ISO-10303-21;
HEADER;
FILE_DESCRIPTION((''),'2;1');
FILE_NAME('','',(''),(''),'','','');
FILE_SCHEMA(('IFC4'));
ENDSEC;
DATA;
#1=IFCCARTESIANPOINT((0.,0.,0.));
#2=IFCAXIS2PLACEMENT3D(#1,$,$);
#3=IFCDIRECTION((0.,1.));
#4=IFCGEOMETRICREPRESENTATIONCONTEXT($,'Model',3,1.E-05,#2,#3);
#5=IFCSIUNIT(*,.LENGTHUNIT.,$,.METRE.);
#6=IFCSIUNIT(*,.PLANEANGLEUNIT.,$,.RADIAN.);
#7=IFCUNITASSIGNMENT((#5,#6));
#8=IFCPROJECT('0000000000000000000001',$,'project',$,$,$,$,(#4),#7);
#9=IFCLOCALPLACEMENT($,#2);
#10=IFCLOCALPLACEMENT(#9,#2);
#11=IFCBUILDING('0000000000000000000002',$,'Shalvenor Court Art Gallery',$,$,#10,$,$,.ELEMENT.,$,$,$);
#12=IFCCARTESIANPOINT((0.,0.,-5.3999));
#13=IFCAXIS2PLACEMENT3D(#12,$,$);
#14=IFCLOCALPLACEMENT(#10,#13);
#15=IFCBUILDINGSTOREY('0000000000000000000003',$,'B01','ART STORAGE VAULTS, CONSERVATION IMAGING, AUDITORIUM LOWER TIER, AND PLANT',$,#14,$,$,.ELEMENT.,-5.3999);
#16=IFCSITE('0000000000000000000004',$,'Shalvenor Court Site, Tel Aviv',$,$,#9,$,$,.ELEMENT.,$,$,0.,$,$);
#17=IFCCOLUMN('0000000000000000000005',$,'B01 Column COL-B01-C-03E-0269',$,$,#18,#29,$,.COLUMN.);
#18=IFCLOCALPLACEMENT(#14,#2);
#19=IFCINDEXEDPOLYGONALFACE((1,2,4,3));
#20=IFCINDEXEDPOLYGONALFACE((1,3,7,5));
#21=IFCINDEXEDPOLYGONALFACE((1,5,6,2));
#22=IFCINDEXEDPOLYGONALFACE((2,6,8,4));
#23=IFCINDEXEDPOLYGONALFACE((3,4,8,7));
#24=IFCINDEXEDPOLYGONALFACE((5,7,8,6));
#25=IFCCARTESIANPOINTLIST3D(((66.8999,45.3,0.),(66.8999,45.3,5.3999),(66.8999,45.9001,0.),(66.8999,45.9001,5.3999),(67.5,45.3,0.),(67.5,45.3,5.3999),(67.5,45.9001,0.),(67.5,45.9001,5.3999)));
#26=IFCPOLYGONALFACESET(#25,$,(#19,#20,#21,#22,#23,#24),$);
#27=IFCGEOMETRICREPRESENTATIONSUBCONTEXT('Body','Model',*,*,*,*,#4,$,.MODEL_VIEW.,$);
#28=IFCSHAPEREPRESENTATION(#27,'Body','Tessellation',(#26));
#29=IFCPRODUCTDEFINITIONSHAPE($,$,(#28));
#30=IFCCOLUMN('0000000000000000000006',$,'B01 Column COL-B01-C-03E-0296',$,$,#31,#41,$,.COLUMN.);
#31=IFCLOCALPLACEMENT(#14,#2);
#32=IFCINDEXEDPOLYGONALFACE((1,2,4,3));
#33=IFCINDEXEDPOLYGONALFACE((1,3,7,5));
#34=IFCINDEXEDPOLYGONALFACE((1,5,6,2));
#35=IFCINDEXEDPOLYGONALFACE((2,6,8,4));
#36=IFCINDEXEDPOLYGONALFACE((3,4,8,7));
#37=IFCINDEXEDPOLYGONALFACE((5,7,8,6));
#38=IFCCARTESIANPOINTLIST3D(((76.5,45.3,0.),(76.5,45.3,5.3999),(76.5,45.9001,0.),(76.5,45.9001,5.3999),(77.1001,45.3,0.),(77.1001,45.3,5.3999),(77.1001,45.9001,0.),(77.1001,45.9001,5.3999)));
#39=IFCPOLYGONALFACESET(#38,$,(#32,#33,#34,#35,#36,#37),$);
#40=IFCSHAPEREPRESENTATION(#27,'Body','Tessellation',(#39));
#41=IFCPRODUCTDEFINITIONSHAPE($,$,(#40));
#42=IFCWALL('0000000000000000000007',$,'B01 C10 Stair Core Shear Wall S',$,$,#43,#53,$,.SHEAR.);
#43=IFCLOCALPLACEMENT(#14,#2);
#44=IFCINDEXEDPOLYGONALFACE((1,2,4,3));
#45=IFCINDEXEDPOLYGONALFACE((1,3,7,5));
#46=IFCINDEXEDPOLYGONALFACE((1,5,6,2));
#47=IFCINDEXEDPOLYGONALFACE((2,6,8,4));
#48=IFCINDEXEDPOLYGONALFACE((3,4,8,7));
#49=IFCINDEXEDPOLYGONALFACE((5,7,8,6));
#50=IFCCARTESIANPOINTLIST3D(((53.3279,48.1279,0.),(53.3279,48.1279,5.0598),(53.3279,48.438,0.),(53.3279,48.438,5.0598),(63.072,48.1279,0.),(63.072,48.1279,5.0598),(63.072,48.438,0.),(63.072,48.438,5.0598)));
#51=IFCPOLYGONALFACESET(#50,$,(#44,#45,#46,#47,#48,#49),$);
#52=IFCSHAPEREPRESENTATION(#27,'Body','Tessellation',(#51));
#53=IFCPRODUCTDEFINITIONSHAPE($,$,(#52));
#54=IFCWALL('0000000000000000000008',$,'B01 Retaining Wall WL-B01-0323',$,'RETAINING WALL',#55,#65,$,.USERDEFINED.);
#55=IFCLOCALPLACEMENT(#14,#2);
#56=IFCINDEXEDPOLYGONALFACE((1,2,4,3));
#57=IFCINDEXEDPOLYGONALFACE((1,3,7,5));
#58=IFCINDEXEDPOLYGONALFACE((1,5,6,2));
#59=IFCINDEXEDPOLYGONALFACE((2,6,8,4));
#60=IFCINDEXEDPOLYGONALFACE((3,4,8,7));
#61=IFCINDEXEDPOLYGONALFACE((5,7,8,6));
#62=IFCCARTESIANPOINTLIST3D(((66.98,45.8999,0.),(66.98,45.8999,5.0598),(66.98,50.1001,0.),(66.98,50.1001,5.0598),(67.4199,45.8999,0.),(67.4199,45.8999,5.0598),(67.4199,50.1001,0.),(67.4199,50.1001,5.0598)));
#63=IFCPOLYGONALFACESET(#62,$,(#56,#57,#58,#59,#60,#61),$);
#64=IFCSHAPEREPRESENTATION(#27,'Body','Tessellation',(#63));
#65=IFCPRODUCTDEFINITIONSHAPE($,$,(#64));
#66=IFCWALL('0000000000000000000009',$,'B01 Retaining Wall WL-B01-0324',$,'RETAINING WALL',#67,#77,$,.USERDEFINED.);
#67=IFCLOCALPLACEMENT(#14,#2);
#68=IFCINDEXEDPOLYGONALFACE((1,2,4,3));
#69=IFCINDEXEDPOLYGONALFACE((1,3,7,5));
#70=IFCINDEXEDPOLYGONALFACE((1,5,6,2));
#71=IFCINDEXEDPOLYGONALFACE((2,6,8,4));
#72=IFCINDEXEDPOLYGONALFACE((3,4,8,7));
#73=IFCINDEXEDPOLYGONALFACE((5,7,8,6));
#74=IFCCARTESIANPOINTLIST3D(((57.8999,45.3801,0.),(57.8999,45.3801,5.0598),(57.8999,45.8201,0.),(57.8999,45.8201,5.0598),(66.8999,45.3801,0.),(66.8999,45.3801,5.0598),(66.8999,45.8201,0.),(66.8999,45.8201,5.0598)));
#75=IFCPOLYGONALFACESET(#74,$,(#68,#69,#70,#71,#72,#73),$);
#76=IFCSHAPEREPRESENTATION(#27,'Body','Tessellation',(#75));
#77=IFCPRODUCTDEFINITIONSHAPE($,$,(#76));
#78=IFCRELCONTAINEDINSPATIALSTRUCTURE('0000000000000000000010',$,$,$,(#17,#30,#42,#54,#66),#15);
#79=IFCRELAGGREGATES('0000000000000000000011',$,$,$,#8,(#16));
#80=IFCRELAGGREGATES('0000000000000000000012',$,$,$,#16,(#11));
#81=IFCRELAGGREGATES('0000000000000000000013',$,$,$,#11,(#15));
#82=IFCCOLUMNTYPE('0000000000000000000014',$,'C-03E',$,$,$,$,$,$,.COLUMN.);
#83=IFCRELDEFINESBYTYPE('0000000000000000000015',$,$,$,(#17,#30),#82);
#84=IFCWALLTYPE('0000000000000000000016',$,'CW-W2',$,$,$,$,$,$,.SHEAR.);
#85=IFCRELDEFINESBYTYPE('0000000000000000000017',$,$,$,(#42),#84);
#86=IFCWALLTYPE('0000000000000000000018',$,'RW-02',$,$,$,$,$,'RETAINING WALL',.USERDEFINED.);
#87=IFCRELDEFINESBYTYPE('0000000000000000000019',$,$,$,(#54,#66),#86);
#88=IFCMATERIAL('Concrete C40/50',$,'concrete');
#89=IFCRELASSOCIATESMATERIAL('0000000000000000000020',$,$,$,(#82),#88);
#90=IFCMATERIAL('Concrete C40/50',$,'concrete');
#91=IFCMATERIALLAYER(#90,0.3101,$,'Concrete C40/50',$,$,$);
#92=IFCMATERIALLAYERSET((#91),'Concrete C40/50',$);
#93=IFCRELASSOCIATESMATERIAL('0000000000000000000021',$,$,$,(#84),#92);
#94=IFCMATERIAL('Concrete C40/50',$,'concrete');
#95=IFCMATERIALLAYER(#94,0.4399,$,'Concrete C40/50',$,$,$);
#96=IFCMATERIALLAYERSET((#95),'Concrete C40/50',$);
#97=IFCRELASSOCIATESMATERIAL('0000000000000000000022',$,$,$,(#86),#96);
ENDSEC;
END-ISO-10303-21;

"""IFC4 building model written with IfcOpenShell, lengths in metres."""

from ifc_helpers import new_model, si_unit, direction, frame, frame_2d, origin, origin_2d, place, context, subcontext, project, spatial, rectangle, extrude, material, layer, layer_set, material_profile, profile_set, type_object, element, save


model = new_model("IFC4")

# Units and contexts
model_context = context("Model", 3, precision=1e-05, world=origin(), true_north=direction((0.0, 1.0)))
body_context = subcontext(model_context, "Body", "Model", "MODEL_VIEW")
ifc_project = project(units=[si_unit("LENGTHUNIT", "METRE"), si_unit("PLANEANGLEUNIT", "RADIAN")], contexts=[model_context])

# Site, building, storey
site_placement = place(None, origin())
site = spatial("IfcSite", under=ifc_project, at=site_placement, Name="Shalvenor Court Site, Tel Aviv", CompositionType="ELEMENT", RefElevation=0.0)
building_placement = place(site_placement, origin())
building = spatial("IfcBuilding", under=site, at=building_placement, Name="Shalvenor Court Art Gallery", CompositionType="ELEMENT")
storey_placement = place(building_placement, frame((0.0, 0.0, -5.3999)))
storey = spatial("IfcBuildingStorey", under=building, at=storey_placement, Name="B01", Description="ART STORAGE VAULTS, CONSERVATION IMAGING, AUDITORIUM LOWER TIER, AND PLANT", CompositionType="ELEMENT", Elevation=-5.3999)

# Columns
ifc_material_1 = material(Name="Concrete C40/50", Category="concrete")
ifc_material_profile_1 = material_profile(ifc_material_1, rectangle(XDim=0.6001, YDim=0.6001, at=origin_2d()), Name="RC 600x600")
ifc_profile_set_1 = profile_set([ifc_material_profile_1], Name="Concrete C40/50")
column_type_1 = type_object("IfcColumnType", Name="C-03E", PredefinedType="COLUMN", material=ifc_profile_set_1)
for number, where, z_axis, x_axis, name in (
    (1, (67.2, 45.6001, 0.0), (0.0, 0.0, 1.0), (1.0, 0.0, 0.0), "B01 Column COL-B01-C-03E-0269"),
    (2, (76.8, 45.6001, 0.0), (0.0, 0.0, 1.0), (1.0, 0.0, 0.0), "B01 Column COL-B01-C-03E-0296"),
):
    element("IfcColumn", number, at=place(storey_placement, frame(where, z_axis=z_axis, x_axis=x_axis)), inside=storey, type_object=column_type_1, Name=name, PredefinedType="COLUMN", context=body_context, shape_type="SweptSolid", body=[
        extrude(rectangle(XDim=0.6001, YDim=0.6001, at=origin_2d()), origin(), (0.0, 0.0, 1.0), 5.3999),
    ])

# Walls
ifc_material_2 = material(Name="Concrete C40/50", Category="concrete")
ifc_layer_1 = layer(ifc_material_2, 0.3101, Name="Concrete C40/50")
ifc_layer_set_1 = layer_set([ifc_layer_1], Name="Concrete C40/50")
wall_type_1 = type_object("IfcWallType", Name="CW-W2", PredefinedType="SHEAR", material=ifc_layer_set_1)
wall_1_placement = place(storey_placement, frame((63.072, 48.283, 0.0), z_axis=(0.0, 0.0, 1.0), x_axis=(-1.0, 0.0, 0.0)))
element("IfcWall", 3, at=wall_1_placement, inside=storey, type_object=wall_type_1, Name="B01 C10 Stair Core Shear Wall S", PredefinedType="SHEAR", context=body_context, shape_type="SweptSolid", body=[
    extrude(rectangle(XDim=9.7441, YDim=0.3101, at=frame_2d((4.8721, 0.0))), origin(), (0.0, 0.0, 1.0), 5.0598),
])
ifc_material_3 = material(Name="Concrete C40/50", Category="concrete")
ifc_layer_2 = layer(ifc_material_3, 0.4399, Name="Concrete C40/50")
ifc_layer_set_2 = layer_set([ifc_layer_2], Name="Concrete C40/50")
wall_type_2 = type_object("IfcWallType", Name="RW-02", ElementType="RETAINING WALL", PredefinedType="USERDEFINED", material=ifc_layer_set_2)
wall_2_placement = place(storey_placement, frame((67.2, 50.1001, 0.0), z_axis=(0.0, 0.0, 1.0), x_axis=(0.0, -1.0, 0.0)))
element("IfcWall", 4, at=wall_2_placement, inside=storey, type_object=wall_type_2, Name="B01 Retaining Wall WL-B01-0323", ObjectType="RETAINING WALL", PredefinedType="USERDEFINED", context=body_context, shape_type="SweptSolid", body=[
    extrude(rectangle(XDim=4.2002, YDim=0.4399, at=frame_2d((2.1001, 0.0))), origin(), (0.0, 0.0, 1.0), 5.0598),
])
wall_3_placement = place(storey_placement, frame((66.8999, 45.6001, 0.0), z_axis=(0.0, 0.0, 1.0), x_axis=(-1.0, 0.0, 0.0)))
element("IfcWall", 5, at=wall_3_placement, inside=storey, type_object=wall_type_2, Name="B01 Retaining Wall WL-B01-0324", ObjectType="RETAINING WALL", PredefinedType="USERDEFINED", context=body_context, shape_type="SweptSolid", body=[
    extrude(rectangle(XDim=9.0, YDim=0.4399, at=frame_2d((4.5, 0.0))), origin(), (0.0, 0.0, 1.0), 5.0598),
])

save(model, "model.ifc")
